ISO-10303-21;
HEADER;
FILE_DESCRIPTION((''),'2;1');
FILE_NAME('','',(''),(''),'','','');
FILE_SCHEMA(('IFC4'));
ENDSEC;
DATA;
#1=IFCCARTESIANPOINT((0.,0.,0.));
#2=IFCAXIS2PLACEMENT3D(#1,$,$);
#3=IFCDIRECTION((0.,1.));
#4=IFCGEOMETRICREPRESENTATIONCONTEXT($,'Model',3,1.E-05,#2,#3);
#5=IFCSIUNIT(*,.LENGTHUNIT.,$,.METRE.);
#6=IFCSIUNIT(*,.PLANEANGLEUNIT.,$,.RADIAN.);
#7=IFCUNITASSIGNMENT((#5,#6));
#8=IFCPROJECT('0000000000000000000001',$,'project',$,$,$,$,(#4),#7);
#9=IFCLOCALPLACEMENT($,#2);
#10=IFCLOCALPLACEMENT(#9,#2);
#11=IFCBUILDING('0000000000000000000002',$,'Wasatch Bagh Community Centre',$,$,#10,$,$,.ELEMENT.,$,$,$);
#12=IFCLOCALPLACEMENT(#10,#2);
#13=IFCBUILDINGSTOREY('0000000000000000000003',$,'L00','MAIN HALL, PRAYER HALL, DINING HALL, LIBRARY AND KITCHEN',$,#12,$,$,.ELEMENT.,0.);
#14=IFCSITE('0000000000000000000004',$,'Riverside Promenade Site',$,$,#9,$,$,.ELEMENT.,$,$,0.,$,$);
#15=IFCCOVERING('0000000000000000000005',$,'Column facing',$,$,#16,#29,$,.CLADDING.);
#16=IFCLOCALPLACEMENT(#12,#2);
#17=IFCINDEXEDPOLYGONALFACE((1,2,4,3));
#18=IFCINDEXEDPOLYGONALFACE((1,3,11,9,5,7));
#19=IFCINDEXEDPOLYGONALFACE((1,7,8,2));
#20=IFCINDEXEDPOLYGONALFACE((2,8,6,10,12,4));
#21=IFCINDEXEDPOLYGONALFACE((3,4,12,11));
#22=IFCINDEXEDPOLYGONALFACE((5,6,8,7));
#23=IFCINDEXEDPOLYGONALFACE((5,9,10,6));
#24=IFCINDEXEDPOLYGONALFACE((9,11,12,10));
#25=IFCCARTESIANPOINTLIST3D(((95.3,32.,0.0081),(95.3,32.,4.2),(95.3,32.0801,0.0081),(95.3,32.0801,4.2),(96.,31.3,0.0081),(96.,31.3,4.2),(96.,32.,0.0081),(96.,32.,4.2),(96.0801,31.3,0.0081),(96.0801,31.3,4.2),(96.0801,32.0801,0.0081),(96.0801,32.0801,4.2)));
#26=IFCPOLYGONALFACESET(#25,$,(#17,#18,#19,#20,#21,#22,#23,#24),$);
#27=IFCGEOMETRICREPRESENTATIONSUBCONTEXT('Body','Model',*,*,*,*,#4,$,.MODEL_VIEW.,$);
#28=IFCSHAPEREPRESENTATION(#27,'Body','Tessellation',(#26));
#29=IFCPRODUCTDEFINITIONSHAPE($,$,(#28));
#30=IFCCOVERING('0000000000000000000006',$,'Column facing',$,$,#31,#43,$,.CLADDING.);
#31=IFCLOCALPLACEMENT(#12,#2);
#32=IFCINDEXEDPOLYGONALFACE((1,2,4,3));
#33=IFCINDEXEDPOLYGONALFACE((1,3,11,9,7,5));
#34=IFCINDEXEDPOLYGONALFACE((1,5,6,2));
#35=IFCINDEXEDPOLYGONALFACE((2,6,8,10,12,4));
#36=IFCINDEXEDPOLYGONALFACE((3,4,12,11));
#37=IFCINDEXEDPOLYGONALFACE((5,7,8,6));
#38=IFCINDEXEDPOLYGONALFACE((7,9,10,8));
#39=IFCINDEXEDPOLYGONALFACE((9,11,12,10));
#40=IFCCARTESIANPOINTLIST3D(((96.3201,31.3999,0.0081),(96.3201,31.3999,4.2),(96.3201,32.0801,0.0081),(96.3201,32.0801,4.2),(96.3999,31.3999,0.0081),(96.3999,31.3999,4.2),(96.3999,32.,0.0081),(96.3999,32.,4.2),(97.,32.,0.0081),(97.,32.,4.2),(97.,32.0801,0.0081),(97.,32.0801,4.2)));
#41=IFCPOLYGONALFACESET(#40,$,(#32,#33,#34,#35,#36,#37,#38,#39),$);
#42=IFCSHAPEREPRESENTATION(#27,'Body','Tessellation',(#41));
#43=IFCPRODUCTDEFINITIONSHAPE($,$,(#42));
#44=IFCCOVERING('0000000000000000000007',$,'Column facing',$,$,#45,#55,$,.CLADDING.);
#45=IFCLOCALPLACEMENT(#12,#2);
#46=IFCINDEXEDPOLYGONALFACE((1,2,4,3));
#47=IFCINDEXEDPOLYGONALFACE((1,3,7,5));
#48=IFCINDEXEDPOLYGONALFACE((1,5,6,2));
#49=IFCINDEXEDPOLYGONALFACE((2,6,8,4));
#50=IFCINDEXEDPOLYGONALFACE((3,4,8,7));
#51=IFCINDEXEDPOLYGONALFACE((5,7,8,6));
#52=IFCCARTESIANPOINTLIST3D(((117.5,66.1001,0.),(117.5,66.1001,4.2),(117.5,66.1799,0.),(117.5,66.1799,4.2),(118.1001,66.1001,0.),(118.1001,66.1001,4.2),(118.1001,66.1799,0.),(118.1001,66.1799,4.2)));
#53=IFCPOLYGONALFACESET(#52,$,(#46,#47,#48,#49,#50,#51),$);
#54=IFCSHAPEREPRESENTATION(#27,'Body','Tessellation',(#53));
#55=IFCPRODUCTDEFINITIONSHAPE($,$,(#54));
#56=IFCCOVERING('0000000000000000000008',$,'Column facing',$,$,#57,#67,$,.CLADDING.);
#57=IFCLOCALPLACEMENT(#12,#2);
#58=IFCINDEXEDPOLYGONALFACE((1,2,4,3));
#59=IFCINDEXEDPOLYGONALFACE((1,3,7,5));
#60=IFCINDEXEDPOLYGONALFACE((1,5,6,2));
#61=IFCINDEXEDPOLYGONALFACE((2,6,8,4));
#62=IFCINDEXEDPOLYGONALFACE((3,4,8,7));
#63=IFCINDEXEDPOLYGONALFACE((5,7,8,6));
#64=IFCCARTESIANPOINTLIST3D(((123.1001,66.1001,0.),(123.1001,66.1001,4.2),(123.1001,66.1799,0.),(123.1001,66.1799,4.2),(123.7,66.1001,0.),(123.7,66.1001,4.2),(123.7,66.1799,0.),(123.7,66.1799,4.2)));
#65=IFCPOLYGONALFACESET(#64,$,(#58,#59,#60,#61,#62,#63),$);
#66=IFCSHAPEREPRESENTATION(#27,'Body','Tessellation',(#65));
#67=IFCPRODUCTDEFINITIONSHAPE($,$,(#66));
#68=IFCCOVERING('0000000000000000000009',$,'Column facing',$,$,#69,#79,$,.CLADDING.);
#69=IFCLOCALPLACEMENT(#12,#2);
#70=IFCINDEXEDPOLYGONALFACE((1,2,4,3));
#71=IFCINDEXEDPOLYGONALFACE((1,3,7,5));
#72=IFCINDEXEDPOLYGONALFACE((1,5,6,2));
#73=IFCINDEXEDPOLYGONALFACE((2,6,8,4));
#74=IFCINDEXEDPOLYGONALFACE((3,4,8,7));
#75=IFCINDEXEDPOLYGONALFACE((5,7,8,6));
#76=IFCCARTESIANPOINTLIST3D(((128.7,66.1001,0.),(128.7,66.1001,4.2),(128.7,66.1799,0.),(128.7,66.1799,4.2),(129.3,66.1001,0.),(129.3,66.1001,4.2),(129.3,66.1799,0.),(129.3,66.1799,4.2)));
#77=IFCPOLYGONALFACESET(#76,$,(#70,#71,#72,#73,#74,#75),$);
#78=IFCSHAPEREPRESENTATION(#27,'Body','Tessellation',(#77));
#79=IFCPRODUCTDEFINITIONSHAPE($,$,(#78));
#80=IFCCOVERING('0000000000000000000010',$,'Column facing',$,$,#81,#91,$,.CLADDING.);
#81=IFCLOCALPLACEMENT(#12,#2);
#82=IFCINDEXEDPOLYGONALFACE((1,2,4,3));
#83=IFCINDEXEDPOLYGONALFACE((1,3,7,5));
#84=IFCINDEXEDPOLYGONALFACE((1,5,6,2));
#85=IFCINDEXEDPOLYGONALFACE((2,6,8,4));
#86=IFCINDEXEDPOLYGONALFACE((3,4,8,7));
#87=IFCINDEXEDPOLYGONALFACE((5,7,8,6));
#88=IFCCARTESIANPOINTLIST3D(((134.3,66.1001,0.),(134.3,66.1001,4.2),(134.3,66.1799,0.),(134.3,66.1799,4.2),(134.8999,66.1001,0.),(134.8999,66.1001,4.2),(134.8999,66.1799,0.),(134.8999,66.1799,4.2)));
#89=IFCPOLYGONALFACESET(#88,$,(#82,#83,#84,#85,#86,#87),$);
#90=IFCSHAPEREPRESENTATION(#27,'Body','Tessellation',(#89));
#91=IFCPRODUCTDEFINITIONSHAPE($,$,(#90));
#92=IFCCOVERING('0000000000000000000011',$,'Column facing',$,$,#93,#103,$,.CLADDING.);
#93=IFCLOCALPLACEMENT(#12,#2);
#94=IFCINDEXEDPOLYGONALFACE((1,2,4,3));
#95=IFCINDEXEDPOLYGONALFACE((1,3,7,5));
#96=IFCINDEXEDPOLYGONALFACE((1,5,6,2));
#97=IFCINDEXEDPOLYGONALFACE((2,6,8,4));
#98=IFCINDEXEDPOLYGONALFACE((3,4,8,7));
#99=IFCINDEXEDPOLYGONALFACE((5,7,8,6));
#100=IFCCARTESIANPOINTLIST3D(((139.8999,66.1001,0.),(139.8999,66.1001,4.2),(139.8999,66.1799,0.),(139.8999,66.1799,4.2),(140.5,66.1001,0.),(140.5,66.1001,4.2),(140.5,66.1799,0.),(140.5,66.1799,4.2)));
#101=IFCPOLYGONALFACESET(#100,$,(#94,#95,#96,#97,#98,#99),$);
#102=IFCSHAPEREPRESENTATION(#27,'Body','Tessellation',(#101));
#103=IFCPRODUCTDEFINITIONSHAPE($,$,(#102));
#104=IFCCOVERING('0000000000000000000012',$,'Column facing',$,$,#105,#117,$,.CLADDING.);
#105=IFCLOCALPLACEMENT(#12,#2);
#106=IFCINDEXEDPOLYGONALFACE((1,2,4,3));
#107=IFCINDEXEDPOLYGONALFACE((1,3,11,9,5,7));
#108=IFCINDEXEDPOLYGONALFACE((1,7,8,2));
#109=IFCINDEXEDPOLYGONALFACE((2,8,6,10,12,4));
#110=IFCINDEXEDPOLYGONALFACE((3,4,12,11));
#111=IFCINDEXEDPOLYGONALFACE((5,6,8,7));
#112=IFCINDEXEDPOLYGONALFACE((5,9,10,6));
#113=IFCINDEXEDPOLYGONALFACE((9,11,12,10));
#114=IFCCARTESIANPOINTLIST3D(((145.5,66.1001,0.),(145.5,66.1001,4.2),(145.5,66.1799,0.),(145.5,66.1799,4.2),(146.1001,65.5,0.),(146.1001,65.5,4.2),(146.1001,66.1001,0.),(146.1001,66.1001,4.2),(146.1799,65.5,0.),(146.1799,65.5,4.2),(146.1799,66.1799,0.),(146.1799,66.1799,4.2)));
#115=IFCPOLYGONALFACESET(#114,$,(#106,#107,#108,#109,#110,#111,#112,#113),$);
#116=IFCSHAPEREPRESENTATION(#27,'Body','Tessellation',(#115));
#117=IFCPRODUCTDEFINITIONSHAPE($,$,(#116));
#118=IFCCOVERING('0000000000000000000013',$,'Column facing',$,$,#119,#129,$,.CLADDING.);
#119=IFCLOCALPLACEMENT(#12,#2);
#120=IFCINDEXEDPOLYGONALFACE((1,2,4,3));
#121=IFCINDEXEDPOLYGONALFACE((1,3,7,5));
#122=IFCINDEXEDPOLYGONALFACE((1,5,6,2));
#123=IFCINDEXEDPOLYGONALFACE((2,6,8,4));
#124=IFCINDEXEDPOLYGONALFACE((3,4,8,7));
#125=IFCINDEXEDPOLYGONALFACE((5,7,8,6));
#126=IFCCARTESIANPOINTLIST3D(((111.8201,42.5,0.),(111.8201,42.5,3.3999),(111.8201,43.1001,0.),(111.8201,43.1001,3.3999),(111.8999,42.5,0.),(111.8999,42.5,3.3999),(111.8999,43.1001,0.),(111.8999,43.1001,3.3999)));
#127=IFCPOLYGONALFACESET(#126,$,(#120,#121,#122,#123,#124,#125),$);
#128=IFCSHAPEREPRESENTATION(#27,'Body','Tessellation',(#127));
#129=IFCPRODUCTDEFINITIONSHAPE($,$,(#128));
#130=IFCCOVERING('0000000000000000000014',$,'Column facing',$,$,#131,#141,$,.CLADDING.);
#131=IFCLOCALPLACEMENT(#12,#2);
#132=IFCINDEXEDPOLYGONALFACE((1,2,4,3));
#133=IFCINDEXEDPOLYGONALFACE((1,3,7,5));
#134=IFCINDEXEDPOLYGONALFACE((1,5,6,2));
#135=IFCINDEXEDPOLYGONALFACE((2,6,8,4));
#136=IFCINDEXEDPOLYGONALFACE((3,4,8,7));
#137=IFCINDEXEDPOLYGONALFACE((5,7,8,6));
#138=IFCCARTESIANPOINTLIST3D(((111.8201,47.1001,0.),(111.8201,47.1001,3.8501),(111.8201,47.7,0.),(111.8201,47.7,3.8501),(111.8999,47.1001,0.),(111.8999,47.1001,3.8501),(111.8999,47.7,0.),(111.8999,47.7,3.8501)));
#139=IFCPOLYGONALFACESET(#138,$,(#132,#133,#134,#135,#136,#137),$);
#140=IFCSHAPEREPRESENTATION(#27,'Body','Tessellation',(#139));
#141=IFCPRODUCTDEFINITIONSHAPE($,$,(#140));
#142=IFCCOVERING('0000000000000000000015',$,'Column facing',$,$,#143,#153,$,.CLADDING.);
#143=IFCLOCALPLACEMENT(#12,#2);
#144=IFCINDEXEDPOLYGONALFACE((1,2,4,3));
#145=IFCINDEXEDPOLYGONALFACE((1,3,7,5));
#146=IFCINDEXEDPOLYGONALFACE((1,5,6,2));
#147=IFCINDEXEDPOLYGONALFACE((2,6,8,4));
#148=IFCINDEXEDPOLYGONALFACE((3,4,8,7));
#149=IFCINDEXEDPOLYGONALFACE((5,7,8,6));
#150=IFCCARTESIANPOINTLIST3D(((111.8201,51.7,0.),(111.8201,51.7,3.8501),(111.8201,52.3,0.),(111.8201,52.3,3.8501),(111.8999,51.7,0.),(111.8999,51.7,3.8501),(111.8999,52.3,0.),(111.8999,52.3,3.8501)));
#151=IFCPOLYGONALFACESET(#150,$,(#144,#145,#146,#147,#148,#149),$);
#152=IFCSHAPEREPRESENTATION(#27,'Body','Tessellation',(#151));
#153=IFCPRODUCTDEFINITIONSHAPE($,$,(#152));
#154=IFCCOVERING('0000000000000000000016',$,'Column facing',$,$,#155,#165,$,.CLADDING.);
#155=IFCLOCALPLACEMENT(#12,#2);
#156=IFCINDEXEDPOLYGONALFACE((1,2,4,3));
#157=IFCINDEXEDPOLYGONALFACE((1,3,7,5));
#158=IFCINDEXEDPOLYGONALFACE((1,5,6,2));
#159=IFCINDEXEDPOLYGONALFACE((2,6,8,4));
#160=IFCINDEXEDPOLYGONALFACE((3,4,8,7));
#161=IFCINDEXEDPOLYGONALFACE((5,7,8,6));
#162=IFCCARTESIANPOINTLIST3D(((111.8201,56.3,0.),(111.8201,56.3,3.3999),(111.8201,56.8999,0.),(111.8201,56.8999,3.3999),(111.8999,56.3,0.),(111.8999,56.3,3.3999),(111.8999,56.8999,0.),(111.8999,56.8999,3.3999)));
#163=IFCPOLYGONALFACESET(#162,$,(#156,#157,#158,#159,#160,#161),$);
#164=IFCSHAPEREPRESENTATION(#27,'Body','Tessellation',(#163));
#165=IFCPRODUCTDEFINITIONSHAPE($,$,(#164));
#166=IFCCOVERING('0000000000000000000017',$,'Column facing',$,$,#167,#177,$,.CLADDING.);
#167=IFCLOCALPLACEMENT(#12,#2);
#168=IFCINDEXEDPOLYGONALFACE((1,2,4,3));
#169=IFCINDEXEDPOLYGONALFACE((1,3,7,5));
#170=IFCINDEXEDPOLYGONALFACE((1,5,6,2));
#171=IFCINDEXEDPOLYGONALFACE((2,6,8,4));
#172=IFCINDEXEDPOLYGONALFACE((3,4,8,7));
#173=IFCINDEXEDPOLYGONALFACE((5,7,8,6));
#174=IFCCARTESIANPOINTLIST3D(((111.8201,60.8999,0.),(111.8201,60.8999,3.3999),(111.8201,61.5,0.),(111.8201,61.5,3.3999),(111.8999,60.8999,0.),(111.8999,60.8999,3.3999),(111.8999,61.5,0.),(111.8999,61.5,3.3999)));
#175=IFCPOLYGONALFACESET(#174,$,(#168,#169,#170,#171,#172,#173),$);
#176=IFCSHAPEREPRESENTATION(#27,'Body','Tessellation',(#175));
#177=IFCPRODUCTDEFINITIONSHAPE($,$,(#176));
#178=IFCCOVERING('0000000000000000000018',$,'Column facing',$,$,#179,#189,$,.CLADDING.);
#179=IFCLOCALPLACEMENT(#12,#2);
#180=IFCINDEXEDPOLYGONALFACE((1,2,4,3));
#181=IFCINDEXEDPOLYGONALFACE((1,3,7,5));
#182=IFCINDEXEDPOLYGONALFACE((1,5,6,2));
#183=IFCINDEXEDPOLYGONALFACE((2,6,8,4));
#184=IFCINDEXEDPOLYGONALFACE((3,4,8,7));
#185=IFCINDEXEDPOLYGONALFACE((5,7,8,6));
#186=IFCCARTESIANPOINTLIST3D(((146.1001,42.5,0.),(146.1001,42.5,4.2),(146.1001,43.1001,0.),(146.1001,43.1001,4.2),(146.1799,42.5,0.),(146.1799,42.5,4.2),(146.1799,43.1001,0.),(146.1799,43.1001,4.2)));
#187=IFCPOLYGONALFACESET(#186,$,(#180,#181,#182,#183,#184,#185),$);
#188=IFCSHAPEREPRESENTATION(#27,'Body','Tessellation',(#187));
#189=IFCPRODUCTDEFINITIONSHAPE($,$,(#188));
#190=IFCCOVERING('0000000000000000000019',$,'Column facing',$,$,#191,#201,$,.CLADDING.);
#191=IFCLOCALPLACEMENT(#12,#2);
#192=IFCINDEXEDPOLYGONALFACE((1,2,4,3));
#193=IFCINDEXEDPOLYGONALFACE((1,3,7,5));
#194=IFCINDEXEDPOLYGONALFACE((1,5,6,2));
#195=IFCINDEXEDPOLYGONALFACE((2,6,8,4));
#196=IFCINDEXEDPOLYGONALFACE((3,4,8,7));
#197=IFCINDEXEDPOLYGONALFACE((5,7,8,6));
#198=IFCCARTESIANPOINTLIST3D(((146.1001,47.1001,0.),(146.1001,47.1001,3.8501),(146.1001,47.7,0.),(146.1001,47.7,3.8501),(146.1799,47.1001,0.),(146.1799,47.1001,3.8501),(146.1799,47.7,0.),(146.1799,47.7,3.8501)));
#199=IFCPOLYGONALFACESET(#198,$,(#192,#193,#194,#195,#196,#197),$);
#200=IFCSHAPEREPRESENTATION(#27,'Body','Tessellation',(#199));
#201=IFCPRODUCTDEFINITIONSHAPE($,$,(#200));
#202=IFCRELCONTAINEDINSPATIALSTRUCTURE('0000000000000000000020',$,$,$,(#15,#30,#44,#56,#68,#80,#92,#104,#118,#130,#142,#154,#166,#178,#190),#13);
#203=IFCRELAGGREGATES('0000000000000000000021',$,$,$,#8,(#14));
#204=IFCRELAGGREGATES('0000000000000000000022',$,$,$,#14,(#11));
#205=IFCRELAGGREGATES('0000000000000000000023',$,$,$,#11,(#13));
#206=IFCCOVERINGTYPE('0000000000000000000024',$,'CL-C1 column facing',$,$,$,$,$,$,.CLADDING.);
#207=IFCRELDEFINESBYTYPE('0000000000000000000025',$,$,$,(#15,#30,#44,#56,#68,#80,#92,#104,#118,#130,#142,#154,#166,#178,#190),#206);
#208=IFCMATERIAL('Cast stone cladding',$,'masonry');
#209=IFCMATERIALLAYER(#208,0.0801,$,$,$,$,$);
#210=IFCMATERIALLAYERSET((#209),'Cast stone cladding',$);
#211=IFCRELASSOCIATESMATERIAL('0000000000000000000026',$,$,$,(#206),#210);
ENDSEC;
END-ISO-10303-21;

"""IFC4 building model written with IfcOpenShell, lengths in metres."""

from ifc_helpers import new_model, si_unit, direction, frame, origin, place, context, subcontext, project, spatial, polyline, outline, extrude, material, layer, layer_set, type_object, element, save


model = new_model("IFC4")

# Units and contexts
model_context = context("Model", 3, precision=1e-05, world=origin(), true_north=direction((0.0, 1.0)))
body_context = subcontext(model_context, "Body", "Model", "MODEL_VIEW")
ifc_project = project(units=[si_unit("LENGTHUNIT", "METRE"), si_unit("PLANEANGLEUNIT", "RADIAN")], contexts=[model_context])

# Site, building, storey
site_placement = place(None, origin())
site = spatial("IfcSite", under=ifc_project, at=site_placement, Name="Riverside Promenade Site", CompositionType="ELEMENT", RefElevation=0.0)
building_placement = place(site_placement, origin())
building = spatial("IfcBuilding", under=site, at=building_placement, Name="Wasatch Bagh Community Centre", CompositionType="ELEMENT")
storey_placement = place(building_placement, origin())
storey = spatial("IfcBuildingStorey", under=building, at=storey_placement, Name="L00", Description="MAIN HALL, PRAYER HALL, DINING HALL, LIBRARY AND KITCHEN", CompositionType="ELEMENT", Elevation=0.0)

# Coverings
ifc_material = material(Name="Cast stone cladding", Category="masonry")
ifc_layer = layer(ifc_material, 0.0801)
ifc_layer_set = layer_set([ifc_layer], Name="Cast stone cladding")
covering_type = type_object("IfcCoveringType", Name="CL-C1 column facing", PredefinedType="CLADDING", material=ifc_layer_set)
covering_1_placement = place(storey_placement, frame((0.0, 0.0, 0.0081)))
element("IfcCovering", 1, at=covering_1_placement, inside=storey, type_object=covering_type, Name="Column facing", PredefinedType="CLADDING", context=body_context, shape_type="SweptSolid", body=[
    extrude(outline(polyline([(96.0, 32.0), (95.3, 32.0), (95.3, 32.0801), (96.0801, 32.0801), (96.0801, 31.3), (96.0, 31.3), (96.0, 32.0)])), origin(), (0.0, 0.0, 1.0), 4.1919),
])
covering_2_placement = place(storey_placement, frame((0.0, 0.0, 0.0081)))
element("IfcCovering", 2, at=covering_2_placement, inside=storey, type_object=covering_type, Name="Column facing", PredefinedType="CLADDING", context=body_context, shape_type="SweptSolid", body=[
    extrude(outline(polyline([(96.3999, 31.3999), (96.3201, 31.3999), (96.3201, 32.0801), (97.0, 32.0801), (97.0, 32.0), (96.3999, 32.0), (96.3999, 31.3999)])), origin(), (0.0, 0.0, 1.0), 4.1919),
])
covering_3_placement = place(storey_placement, origin())
element("IfcCovering", 3, at=covering_3_placement, inside=storey, type_object=covering_type, Name="Column facing", PredefinedType="CLADDING", context=body_context, shape_type="SweptSolid", body=[
    extrude(outline(polyline([(118.1001, 66.1001), (117.5, 66.1001), (117.5, 66.1799), (118.1001, 66.1799), (118.1001, 66.1001)])), origin(), (0.0, 0.0, 1.0), 4.2),
])
covering_4_placement = place(storey_placement, origin())
element("IfcCovering", 4, at=covering_4_placement, inside=storey, type_object=covering_type, Name="Column facing", PredefinedType="CLADDING", context=body_context, shape_type="SweptSolid", body=[
    extrude(outline(polyline([(123.7, 66.1001), (123.1001, 66.1001), (123.1001, 66.1799), (123.7, 66.1799), (123.7, 66.1001)])), origin(), (0.0, 0.0, 1.0), 4.2),
])
covering_5_placement = place(storey_placement, origin())
element("IfcCovering", 5, at=covering_5_placement, inside=storey, type_object=covering_type, Name="Column facing", PredefinedType="CLADDING", context=body_context, shape_type="SweptSolid", body=[
    extrude(outline(polyline([(129.3, 66.1001), (128.7, 66.1001), (128.7, 66.1799), (129.3, 66.1799), (129.3, 66.1001)])), origin(), (0.0, 0.0, 1.0), 4.2),
])
covering_6_placement = place(storey_placement, origin())
element("IfcCovering", 6, at=covering_6_placement, inside=storey, type_object=covering_type, Name="Column facing", PredefinedType="CLADDING", context=body_context, shape_type="SweptSolid", body=[
    extrude(outline(polyline([(134.8999, 66.1001), (134.3, 66.1001), (134.3, 66.1799), (134.8999, 66.1799), (134.8999, 66.1001)])), origin(), (0.0, 0.0, 1.0), 4.2),
])
covering_7_placement = place(storey_placement, origin())
element("IfcCovering", 7, at=covering_7_placement, inside=storey, type_object=covering_type, Name="Column facing", PredefinedType="CLADDING", context=body_context, shape_type="SweptSolid", body=[
    extrude(outline(polyline([(140.5, 66.1001), (139.8999, 66.1001), (139.8999, 66.1799), (140.5, 66.1799), (140.5, 66.1001)])), origin(), (0.0, 0.0, 1.0), 4.2),
])
covering_8_placement = place(storey_placement, origin())
element("IfcCovering", 8, at=covering_8_placement, inside=storey, type_object=covering_type, Name="Column facing", PredefinedType="CLADDING", context=body_context, shape_type="SweptSolid", body=[
    extrude(outline(polyline([(146.1001, 66.1001), (145.5, 66.1001), (145.5, 66.1799), (146.1799, 66.1799), (146.1799, 65.5), (146.1001, 65.5), (146.1001, 66.1001)])), origin(), (0.0, 0.0, 1.0), 4.2),
])
covering_9_placement = place(storey_placement, origin())
element("IfcCovering", 9, at=covering_9_placement, inside=storey, type_object=covering_type, Name="Column facing", PredefinedType="CLADDING", context=body_context, shape_type="SweptSolid", body=[
    extrude(outline(polyline([(111.8999, 43.1001), (111.8999, 42.5), (111.8201, 42.5), (111.8201, 43.1001), (111.8999, 43.1001)])), origin(), (0.0, 0.0, 1.0), 3.3999),
])
covering_10_placement = place(storey_placement, origin())
element("IfcCovering", 10, at=covering_10_placement, inside=storey, type_object=covering_type, Name="Column facing", PredefinedType="CLADDING", context=body_context, shape_type="SweptSolid", body=[
    extrude(outline(polyline([(111.8999, 47.7), (111.8999, 47.1001), (111.8201, 47.1001), (111.8201, 47.7), (111.8999, 47.7)])), origin(), (0.0, 0.0, 1.0), 3.8501),
])
covering_11_placement = place(storey_placement, origin())
element("IfcCovering", 11, at=covering_11_placement, inside=storey, type_object=covering_type, Name="Column facing", PredefinedType="CLADDING", context=body_context, shape_type="SweptSolid", body=[
    extrude(outline(polyline([(111.8999, 52.3), (111.8999, 51.7), (111.8201, 51.7), (111.8201, 52.3), (111.8999, 52.3)])), origin(), (0.0, 0.0, 1.0), 3.8501),
])
covering_12_placement = place(storey_placement, origin())
element("IfcCovering", 12, at=covering_12_placement, inside=storey, type_object=covering_type, Name="Column facing", PredefinedType="CLADDING", context=body_context, shape_type="SweptSolid", body=[
    extrude(outline(polyline([(111.8999, 56.8999), (111.8999, 56.3), (111.8201, 56.3), (111.8201, 56.8999), (111.8999, 56.8999)])), origin(), (0.0, 0.0, 1.0), 3.3999),
])
covering_13_placement = place(storey_placement, origin())
element("IfcCovering", 13, at=covering_13_placement, inside=storey, type_object=covering_type, Name="Column facing", PredefinedType="CLADDING", context=body_context, shape_type="SweptSolid", body=[
    extrude(outline(polyline([(111.8999, 61.5), (111.8999, 60.8999), (111.8201, 60.8999), (111.8201, 61.5), (111.8999, 61.5)])), origin(), (0.0, 0.0, 1.0), 3.3999),
])
covering_14_placement = place(storey_placement, origin())
element("IfcCovering", 14, at=covering_14_placement, inside=storey, type_object=covering_type, Name="Column facing", PredefinedType="CLADDING", context=body_context, shape_type="SweptSolid", body=[
    extrude(outline(polyline([(146.1001, 42.5), (146.1001, 43.1001), (146.1799, 43.1001), (146.1799, 42.5), (146.1001, 42.5)])), origin(), (0.0, 0.0, 1.0), 4.2),
])
covering_15_placement = place(storey_placement, origin())
element("IfcCovering", 15, at=covering_15_placement, inside=storey, type_object=covering_type, Name="Column facing", PredefinedType="CLADDING", context=body_context, shape_type="SweptSolid", body=[
    extrude(outline(polyline([(146.1001, 47.1001), (146.1001, 47.7), (146.1799, 47.7), (146.1799, 47.1001), (146.1001, 47.1001)])), origin(), (0.0, 0.0, 1.0), 3.8501),
])

save(model, "model.ifc")
